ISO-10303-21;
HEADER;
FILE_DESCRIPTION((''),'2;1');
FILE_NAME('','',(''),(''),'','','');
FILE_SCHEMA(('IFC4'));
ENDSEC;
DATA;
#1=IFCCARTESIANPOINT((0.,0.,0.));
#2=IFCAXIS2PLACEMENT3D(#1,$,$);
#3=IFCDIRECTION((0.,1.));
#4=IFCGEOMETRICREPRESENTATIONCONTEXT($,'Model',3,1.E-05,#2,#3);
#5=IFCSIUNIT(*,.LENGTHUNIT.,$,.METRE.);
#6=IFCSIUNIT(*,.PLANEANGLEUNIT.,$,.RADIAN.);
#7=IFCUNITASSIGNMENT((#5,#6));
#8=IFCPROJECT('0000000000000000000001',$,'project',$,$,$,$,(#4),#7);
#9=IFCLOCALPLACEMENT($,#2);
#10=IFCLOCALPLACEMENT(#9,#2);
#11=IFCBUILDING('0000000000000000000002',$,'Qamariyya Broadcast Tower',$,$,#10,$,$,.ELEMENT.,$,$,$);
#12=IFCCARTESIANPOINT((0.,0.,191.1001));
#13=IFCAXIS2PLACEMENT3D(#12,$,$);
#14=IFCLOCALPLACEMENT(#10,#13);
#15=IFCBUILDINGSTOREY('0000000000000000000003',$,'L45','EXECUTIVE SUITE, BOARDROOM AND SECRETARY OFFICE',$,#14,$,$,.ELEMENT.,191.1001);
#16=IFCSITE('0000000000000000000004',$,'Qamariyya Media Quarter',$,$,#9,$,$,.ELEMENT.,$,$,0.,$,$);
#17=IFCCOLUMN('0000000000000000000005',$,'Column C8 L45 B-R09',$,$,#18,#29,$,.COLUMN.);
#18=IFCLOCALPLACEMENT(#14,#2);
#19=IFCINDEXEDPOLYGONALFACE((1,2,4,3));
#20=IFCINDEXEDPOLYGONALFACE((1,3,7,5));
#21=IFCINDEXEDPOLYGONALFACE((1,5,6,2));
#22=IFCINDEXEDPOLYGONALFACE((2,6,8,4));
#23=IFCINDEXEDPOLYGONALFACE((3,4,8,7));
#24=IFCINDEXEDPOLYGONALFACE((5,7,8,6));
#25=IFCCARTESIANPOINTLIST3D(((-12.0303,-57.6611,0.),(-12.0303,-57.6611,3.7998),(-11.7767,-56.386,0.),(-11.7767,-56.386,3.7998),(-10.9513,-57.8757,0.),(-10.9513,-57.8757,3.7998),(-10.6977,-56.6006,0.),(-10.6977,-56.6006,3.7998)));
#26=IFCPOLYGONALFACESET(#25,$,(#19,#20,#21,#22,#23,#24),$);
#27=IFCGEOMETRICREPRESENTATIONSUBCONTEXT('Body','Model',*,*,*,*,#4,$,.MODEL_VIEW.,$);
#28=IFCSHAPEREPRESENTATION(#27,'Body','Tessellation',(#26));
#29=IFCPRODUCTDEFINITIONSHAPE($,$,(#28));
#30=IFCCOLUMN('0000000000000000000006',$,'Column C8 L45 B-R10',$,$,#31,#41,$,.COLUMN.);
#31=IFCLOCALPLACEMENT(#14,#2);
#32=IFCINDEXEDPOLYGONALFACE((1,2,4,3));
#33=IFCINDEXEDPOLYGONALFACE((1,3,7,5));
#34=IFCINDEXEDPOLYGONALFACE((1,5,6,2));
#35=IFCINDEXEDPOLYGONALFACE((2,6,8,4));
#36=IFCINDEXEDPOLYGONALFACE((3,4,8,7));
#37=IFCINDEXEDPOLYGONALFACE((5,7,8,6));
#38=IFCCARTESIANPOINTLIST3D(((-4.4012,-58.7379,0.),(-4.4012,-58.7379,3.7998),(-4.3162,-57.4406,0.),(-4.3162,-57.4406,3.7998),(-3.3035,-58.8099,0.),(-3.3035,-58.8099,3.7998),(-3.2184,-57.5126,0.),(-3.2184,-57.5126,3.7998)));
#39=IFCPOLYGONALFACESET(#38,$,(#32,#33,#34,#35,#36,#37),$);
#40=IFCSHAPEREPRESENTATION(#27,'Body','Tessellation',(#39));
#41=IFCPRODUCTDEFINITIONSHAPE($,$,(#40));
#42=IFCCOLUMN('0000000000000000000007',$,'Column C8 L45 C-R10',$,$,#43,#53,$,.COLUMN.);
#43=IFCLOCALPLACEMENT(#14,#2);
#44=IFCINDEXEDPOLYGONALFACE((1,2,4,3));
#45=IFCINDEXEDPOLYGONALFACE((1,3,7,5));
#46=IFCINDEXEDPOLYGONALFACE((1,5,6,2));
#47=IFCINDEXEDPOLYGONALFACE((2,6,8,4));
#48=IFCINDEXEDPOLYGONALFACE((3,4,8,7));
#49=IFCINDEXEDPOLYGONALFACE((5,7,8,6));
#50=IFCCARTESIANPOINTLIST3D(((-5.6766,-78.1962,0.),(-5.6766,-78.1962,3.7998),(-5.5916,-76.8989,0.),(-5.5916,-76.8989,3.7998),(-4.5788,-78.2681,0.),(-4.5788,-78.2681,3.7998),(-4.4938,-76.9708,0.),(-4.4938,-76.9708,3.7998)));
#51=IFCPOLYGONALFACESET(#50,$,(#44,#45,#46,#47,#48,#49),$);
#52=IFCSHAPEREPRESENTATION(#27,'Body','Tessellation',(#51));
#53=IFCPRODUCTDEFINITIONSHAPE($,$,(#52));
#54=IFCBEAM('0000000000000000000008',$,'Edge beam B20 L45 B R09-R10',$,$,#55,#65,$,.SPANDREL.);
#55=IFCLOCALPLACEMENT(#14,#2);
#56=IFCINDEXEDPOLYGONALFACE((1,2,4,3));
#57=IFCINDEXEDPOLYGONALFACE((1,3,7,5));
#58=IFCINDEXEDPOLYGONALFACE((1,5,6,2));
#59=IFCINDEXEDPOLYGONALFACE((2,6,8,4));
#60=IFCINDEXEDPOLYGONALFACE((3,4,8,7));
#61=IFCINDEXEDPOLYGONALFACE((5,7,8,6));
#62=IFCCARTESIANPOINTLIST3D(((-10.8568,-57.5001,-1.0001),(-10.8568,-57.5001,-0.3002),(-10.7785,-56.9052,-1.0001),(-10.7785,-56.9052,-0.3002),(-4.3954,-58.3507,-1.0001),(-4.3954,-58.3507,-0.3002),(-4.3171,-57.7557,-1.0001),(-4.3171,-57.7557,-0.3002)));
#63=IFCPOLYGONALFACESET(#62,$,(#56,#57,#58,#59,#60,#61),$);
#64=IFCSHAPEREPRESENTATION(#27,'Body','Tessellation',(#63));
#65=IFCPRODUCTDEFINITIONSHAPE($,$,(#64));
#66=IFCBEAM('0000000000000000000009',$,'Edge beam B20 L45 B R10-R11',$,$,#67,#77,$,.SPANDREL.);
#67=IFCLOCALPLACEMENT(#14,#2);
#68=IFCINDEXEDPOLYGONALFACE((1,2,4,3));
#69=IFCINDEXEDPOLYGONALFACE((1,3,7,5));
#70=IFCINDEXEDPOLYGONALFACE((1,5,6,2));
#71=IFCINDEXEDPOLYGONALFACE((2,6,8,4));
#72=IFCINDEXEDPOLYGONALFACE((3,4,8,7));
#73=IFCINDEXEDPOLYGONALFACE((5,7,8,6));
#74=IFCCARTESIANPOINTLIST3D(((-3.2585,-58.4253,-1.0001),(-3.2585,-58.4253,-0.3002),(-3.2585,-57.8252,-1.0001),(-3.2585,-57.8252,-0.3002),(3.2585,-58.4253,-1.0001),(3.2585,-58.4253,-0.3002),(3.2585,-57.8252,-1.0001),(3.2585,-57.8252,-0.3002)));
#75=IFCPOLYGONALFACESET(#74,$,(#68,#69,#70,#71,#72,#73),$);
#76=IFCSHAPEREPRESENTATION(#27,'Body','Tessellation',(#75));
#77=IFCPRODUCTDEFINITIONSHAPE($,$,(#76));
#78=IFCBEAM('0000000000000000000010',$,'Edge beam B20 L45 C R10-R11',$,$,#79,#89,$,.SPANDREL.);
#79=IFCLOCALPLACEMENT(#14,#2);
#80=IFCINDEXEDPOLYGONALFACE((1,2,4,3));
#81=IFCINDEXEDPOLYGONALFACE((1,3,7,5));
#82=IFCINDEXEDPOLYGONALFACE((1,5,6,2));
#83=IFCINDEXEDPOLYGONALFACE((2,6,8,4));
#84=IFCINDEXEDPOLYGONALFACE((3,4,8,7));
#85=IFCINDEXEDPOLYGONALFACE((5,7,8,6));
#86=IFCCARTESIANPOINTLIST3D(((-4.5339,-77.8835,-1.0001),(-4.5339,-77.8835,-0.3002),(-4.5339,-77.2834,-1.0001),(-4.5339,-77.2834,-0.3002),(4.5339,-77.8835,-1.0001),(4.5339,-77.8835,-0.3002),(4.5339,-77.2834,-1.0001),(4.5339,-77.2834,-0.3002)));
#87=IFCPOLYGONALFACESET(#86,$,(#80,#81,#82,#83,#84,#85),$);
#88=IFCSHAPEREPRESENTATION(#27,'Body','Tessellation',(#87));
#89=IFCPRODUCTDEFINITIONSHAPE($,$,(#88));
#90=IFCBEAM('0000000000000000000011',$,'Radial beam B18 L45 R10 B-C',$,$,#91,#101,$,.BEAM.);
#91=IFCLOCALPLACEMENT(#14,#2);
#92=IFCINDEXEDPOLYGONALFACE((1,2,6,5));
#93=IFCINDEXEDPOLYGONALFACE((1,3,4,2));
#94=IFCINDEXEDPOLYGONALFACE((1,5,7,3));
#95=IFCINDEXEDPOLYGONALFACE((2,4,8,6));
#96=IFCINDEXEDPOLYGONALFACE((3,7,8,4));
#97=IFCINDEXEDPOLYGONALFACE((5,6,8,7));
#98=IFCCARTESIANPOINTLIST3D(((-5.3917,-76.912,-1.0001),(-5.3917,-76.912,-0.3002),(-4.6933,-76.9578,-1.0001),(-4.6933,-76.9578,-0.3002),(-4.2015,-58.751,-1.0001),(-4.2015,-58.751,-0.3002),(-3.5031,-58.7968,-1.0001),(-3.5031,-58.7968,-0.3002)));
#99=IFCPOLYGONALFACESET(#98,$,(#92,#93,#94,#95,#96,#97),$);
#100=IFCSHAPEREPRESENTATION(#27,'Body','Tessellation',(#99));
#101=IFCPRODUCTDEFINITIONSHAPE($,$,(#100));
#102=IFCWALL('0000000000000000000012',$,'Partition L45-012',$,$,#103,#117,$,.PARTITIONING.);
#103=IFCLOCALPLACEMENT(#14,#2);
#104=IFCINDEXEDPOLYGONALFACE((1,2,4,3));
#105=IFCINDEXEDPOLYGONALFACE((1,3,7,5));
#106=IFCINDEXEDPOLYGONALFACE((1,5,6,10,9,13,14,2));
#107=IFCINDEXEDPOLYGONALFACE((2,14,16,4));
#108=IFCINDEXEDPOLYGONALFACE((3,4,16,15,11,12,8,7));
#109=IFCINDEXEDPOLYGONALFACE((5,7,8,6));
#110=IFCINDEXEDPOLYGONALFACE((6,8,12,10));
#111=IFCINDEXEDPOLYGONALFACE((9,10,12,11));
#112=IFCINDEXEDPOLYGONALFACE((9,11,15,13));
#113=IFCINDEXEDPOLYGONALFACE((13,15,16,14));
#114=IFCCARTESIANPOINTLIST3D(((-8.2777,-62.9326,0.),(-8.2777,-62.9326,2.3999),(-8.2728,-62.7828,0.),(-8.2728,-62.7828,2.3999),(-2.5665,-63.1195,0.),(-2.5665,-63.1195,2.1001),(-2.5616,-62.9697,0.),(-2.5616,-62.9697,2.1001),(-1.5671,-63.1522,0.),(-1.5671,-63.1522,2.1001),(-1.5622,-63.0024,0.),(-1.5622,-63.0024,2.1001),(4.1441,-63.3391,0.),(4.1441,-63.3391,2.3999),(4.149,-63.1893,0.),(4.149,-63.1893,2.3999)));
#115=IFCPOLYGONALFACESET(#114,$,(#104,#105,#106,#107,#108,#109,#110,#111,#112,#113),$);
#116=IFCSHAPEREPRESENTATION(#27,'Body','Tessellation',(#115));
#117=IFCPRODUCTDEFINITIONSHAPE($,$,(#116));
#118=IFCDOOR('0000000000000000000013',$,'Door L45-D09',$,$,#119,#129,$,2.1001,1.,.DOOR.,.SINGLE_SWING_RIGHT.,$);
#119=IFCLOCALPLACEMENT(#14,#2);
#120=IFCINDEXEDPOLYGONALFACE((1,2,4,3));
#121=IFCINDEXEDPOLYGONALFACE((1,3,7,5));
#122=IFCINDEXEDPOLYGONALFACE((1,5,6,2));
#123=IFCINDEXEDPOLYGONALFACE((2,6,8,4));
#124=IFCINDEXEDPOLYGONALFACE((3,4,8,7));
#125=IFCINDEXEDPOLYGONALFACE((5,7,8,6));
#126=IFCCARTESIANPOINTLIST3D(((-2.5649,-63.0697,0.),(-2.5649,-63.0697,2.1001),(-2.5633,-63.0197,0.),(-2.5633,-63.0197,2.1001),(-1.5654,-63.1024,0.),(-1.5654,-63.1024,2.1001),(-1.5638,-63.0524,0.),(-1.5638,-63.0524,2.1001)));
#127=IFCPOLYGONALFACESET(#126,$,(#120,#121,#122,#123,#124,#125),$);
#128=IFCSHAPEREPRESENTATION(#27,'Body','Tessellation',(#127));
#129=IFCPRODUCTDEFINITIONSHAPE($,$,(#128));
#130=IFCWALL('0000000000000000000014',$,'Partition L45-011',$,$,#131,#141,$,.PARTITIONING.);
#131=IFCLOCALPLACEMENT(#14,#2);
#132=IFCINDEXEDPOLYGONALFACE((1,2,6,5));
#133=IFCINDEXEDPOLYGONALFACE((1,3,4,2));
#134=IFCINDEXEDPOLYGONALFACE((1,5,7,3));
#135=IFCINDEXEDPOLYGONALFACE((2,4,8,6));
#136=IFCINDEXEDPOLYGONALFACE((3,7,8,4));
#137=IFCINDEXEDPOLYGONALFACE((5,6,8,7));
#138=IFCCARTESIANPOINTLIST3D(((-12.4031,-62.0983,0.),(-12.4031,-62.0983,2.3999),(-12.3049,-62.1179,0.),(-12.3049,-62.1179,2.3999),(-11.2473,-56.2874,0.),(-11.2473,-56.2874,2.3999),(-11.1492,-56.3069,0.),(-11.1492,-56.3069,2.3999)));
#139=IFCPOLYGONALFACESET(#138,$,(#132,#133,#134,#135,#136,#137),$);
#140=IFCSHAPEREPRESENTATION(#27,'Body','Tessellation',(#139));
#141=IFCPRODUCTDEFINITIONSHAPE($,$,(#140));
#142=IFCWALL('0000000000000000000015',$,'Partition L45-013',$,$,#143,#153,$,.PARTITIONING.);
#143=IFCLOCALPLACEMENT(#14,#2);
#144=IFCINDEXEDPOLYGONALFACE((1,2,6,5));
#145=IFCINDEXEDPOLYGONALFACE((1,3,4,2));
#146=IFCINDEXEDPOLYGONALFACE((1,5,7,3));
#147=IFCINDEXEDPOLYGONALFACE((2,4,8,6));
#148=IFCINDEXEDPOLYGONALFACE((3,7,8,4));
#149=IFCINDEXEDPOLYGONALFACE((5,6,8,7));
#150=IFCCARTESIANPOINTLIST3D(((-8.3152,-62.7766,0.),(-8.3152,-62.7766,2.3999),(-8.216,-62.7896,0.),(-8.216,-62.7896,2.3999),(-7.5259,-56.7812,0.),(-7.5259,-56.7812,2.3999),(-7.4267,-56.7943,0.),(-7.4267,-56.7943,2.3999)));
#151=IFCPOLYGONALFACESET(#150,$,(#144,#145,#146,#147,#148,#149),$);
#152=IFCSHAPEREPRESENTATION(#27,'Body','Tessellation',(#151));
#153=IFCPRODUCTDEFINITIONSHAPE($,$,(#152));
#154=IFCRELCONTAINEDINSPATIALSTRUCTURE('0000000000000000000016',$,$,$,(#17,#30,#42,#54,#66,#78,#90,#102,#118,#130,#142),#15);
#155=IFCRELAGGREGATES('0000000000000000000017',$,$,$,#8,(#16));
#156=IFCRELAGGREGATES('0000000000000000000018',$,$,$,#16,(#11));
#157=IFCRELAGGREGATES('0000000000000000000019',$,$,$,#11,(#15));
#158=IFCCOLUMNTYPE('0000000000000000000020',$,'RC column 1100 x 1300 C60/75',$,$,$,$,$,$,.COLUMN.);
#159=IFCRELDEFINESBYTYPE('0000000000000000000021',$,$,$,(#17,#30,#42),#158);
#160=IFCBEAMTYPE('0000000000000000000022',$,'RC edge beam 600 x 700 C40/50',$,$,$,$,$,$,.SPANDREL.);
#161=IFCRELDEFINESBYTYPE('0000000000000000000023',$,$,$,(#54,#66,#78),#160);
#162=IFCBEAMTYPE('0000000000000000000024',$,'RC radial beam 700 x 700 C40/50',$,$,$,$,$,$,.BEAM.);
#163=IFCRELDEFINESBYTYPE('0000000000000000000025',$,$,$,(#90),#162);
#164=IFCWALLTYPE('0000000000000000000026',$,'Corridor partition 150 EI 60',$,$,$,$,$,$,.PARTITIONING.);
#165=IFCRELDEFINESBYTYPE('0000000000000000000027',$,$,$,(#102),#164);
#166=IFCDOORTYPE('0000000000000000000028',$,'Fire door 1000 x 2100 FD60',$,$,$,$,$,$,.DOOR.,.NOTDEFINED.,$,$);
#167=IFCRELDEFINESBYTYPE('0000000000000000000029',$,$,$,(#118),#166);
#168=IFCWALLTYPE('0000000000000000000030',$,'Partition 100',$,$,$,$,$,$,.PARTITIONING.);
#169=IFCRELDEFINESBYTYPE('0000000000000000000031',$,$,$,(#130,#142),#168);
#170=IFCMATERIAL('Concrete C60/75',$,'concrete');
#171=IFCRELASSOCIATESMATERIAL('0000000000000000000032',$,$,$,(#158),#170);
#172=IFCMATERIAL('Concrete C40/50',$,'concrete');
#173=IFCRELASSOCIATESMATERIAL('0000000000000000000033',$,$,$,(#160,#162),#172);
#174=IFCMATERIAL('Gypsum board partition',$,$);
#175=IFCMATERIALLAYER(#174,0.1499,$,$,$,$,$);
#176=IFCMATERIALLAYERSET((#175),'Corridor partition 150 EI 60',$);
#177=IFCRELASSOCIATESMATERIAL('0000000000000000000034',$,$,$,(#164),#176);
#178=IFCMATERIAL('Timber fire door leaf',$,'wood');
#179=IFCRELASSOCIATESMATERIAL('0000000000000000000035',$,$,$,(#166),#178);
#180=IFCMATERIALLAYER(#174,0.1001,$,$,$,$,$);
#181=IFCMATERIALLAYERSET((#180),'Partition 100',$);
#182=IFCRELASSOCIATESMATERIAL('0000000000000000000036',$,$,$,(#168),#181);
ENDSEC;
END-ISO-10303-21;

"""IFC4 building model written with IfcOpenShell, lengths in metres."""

from ifc_helpers import new_model, si_unit, direction, frame, frame_2d, origin, origin_2d, place, context, subcontext, project, spatial, rectangle, extrude, material, layer, layer_set, material_profile, profile_set, type_object, element, fill, save


model = new_model("IFC4")

# Units and contexts
model_context = context("Model", 3, precision=1e-05, world=origin(), true_north=direction((0.0, 1.0)))
body_context = subcontext(model_context, "Body", "Model", "MODEL_VIEW")
ifc_project = project(units=[si_unit("LENGTHUNIT", "METRE"), si_unit("PLANEANGLEUNIT", "RADIAN")], contexts=[model_context])

# Site, building, storey
site_placement = place(None, origin())
site = spatial("IfcSite", under=ifc_project, at=site_placement, Name="Qamariyya Media Quarter", CompositionType="ELEMENT", RefElevation=0.0)
building_placement = place(site_placement, origin())
building = spatial("IfcBuilding", under=site, at=building_placement, Name="Qamariyya Broadcast Tower", CompositionType="ELEMENT")
storey_placement = place(building_placement, frame((0.0, 0.0, 191.1001)))
storey = spatial("IfcBuildingStorey", under=building, at=storey_placement, Name="L45", Description="EXECUTIVE SUITE, BOARDROOM AND SECRETARY OFFICE", CompositionType="ELEMENT", Elevation=191.1001)

# Columns
ifc_material_1 = material(Name="Concrete C60/75", Category="concrete")
ifc_material_profile_1 = material_profile(ifc_material_1, rectangle(XDim=1.1001, YDim=1.3, at=origin_2d()))
ifc_profile_set_1 = profile_set([ifc_material_profile_1], Name="Concrete C60/75")
column_type = type_object("IfcColumnType", Name="RC column 1100 x 1300 C60/75", PredefinedType="COLUMN", material=ifc_profile_set_1)
for number, where, z_axis, x_axis, name in (
    (1, (-11.364, -57.1309, 0.0), (0.0, 0.0, 1.0), (0.980785, -0.19509, 0.0), "Column C8 L45 B-R09"),
    (2, (-3.8098, -58.1252, 0.0), (0.0, 0.0, 1.0), (0.997859, -0.065403, 0.0), "Column C8 L45 B-R10"),
    (3, (-5.0852, -77.5835, 0.0), (0.0, 0.0, 1.0), (0.997859, -0.065403, 0.0), "Column C8 L45 C-R10"),
):
    element("IfcColumn", number, at=place(storey_placement, frame(where, z_axis=z_axis, x_axis=x_axis)), inside=storey, type_object=column_type, Name=name, PredefinedType="COLUMN", context=body_context, shape_type="SweptSolid", body=[
        extrude(rectangle(XDim=1.1001, YDim=1.3, at=origin_2d()), origin(), (0.0, 0.0, 1.0), 3.7998),
    ])

# Beams
ifc_material_2 = material(Name="Concrete C40/50", Category="concrete")
ifc_material_profile_2 = material_profile(ifc_material_2, rectangle(XDim=0.6001, YDim=0.7, at=origin_2d()))
ifc_profile_set_2 = profile_set([ifc_material_profile_2], Name="Concrete C40/50")
beam_type_1 = type_object("IfcBeamType", Name="RC edge beam 600 x 700 C40/50", PredefinedType="SPANDREL", material=ifc_profile_set_2)
for number, where, z_axis, x_axis, name in (
    (4, (-10.8176, -57.2026, -0.6501), (0.991446, -0.130515, 0.0), (0.130515, 0.991446, 0.0), "Edge beam B20 L45 B R09-R10"),
    (5, (-3.2585, -58.1252, -0.6501), (1.0, 0.0, 0.0), (0.0, 1.0, 0.0), "Edge beam B20 L45 B R10-R11"),
):
    element("IfcBeam", number, at=place(storey_placement, frame(where, z_axis=z_axis, x_axis=x_axis)), inside=storey, type_object=beam_type_1, Name=name, PredefinedType="SPANDREL", context=body_context, shape_type="SweptSolid", body=[
        extrude(rectangle(XDim=0.6001, YDim=0.7, at=origin_2d()), origin(), (0.0, 0.0, 1.0), 6.5171),
    ])
beam_1_placement = place(storey_placement, frame((-4.5339, -77.5835, -0.6501), z_axis=(1.0, 0.0, 0.0), x_axis=(0.0, 1.0, 0.0)))
element("IfcBeam", 6, at=beam_1_placement, inside=storey, type_object=beam_type_1, Name="Edge beam B20 L45 C R10-R11", PredefinedType="SPANDREL", context=body_context, shape_type="SweptSolid", body=[
    extrude(rectangle(XDim=0.6001, YDim=0.7, at=origin_2d()), origin(), (0.0, 0.0, 1.0), 9.0679),
])
ifc_material_profile_3 = material_profile(ifc_material_2, rectangle(XDim=0.7, YDim=0.7, at=origin_2d()))
ifc_profile_set_3 = profile_set([ifc_material_profile_3], Name="Concrete C40/50")
beam_type_2 = type_object("IfcBeamType", Name="RC radial beam 700 x 700 C40/50", PredefinedType="BEAM", material=ifc_profile_set_3)
beam_2_placement = place(storey_placement, frame((-3.8523, -58.7739, -0.6501), z_axis=(-0.065395, -0.997859, 0.0), x_axis=(0.997859, -0.065395, 0.0)))
element("IfcBeam", 7, at=beam_2_placement, inside=storey, type_object=beam_type_2, Name="Radial beam B18 L45 R10 B-C", PredefinedType="BEAM", context=body_context, shape_type="SweptSolid", body=[
    extrude(rectangle(XDim=0.7, YDim=0.7, at=origin_2d()), origin(), (0.0, 0.0, 1.0), 18.2),
])

# Wall, opening, door
ifc_material_3 = material(Name="Gypsum board partition")
ifc_layer_1 = layer(ifc_material_3, 0.1499)
ifc_layer_set_1 = layer_set([ifc_layer_1], Name="Corridor partition 150 EI 60")
wall_type_1 = type_object("IfcWallType", Name="Corridor partition 150 EI 60", PredefinedType="PARTITIONING", material=ifc_layer_set_1)
wall_1_placement = place(storey_placement, frame((-8.2754, -62.8577, 0.0), z_axis=(0.0, 0.0, 1.0), x_axis=(0.999465, -0.032707, 0.0)))
wall_1 = element("IfcWall", 8, at=wall_1_placement, inside=storey, type_object=wall_type_1, Name="Partition L45-012", PredefinedType="PARTITIONING", context=body_context, shape_type="SweptSolid", body=[
    extrude(rectangle(XDim=12.4285, YDim=0.1499, at=frame_2d((6.2144, 0.0))), origin(), (0.0, 0.0, 1.0), 2.3999),
])
opening_1_placement = place(wall_1_placement, frame((5.7144, 0.0, 0.0)))
opening_1 = element("IfcOpeningElement", 9, at=opening_1_placement, cuts=wall_1, PredefinedType="OPENING", context=body_context, shape_type="SweptSolid", body=[
    extrude(rectangle(XDim=1.0, YDim=2.1001, at=frame_2d((0.5, 1.05))), frame((0.0, 0.085, 0.0), z_axis=(0.0, -1.0, 0.0), x_axis=(1.0, 0.0, 0.0)), (0.0, 0.0, 1.0), 0.1699),
])
ifc_material_4 = material(Name="Timber fire door leaf", Category="wood")
door_type = type_object("IfcDoorType", Name="Fire door 1000 x 2100 FD60", OperationType="NOTDEFINED", PredefinedType="DOOR", material=ifc_material_4)
door_placement = place(opening_1_placement, origin())
door = element("IfcDoor", 10, at=door_placement, inside=storey, type_object=door_type, Name="Door L45-D09", OperationType="SINGLE_SWING_RIGHT", OverallHeight=2.1001, OverallWidth=1.0, PredefinedType="DOOR", context=body_context, shape_type="SweptSolid", body=[
    extrude(rectangle(XDim=1.0, YDim=2.1001, at=frame_2d((0.5, 1.05))), frame((0.0, 0.0249, 0.0), z_axis=(0.0, -1.0, 0.0), x_axis=(1.0, 0.0, 0.0)), (0.0, 0.0, 1.0), 0.05),
])
fill(opening_1, door)

# Walls
ifc_layer_2 = layer(ifc_material_3, 0.1001)
ifc_layer_set_2 = layer_set([ifc_layer_2], Name="Partition 100")
wall_type_2 = type_object("IfcWallType", Name="Partition 100", PredefinedType="PARTITIONING", material=ifc_layer_set_2)
wall_2_placement = place(storey_placement, frame((-11.1982, -56.2971, 0.0), z_axis=(0.0, 0.0, 1.0), x_axis=(-0.19507, -0.980789, 0.0)))
element("IfcWall", 11, at=wall_2_placement, inside=storey, type_object=wall_type_2, Name="Partition L45-011", PredefinedType="PARTITIONING", context=body_context, shape_type="SweptSolid", body=[
    extrude(rectangle(XDim=5.9248, YDim=0.1001, at=frame_2d((2.9624, 0.0))), origin(), (0.0, 0.0, 1.0), 2.3999),
])
wall_3_placement = place(storey_placement, frame((-7.4763, -56.7878, 0.0), z_axis=(0.0, 0.0, 1.0), x_axis=(-0.130527, -0.991445, 0.0)))
element("IfcWall", 12, at=wall_3_placement, inside=storey, type_object=wall_type_2, Name="Partition L45-013", PredefinedType="PARTITIONING", context=body_context, shape_type="SweptSolid", body=[
    extrude(rectangle(XDim=6.0471, YDim=0.1001, at=frame_2d((3.0234, 0.0))), origin(), (0.0, 0.0, 1.0), 2.3999),
])

save(model, "model.ifc")
